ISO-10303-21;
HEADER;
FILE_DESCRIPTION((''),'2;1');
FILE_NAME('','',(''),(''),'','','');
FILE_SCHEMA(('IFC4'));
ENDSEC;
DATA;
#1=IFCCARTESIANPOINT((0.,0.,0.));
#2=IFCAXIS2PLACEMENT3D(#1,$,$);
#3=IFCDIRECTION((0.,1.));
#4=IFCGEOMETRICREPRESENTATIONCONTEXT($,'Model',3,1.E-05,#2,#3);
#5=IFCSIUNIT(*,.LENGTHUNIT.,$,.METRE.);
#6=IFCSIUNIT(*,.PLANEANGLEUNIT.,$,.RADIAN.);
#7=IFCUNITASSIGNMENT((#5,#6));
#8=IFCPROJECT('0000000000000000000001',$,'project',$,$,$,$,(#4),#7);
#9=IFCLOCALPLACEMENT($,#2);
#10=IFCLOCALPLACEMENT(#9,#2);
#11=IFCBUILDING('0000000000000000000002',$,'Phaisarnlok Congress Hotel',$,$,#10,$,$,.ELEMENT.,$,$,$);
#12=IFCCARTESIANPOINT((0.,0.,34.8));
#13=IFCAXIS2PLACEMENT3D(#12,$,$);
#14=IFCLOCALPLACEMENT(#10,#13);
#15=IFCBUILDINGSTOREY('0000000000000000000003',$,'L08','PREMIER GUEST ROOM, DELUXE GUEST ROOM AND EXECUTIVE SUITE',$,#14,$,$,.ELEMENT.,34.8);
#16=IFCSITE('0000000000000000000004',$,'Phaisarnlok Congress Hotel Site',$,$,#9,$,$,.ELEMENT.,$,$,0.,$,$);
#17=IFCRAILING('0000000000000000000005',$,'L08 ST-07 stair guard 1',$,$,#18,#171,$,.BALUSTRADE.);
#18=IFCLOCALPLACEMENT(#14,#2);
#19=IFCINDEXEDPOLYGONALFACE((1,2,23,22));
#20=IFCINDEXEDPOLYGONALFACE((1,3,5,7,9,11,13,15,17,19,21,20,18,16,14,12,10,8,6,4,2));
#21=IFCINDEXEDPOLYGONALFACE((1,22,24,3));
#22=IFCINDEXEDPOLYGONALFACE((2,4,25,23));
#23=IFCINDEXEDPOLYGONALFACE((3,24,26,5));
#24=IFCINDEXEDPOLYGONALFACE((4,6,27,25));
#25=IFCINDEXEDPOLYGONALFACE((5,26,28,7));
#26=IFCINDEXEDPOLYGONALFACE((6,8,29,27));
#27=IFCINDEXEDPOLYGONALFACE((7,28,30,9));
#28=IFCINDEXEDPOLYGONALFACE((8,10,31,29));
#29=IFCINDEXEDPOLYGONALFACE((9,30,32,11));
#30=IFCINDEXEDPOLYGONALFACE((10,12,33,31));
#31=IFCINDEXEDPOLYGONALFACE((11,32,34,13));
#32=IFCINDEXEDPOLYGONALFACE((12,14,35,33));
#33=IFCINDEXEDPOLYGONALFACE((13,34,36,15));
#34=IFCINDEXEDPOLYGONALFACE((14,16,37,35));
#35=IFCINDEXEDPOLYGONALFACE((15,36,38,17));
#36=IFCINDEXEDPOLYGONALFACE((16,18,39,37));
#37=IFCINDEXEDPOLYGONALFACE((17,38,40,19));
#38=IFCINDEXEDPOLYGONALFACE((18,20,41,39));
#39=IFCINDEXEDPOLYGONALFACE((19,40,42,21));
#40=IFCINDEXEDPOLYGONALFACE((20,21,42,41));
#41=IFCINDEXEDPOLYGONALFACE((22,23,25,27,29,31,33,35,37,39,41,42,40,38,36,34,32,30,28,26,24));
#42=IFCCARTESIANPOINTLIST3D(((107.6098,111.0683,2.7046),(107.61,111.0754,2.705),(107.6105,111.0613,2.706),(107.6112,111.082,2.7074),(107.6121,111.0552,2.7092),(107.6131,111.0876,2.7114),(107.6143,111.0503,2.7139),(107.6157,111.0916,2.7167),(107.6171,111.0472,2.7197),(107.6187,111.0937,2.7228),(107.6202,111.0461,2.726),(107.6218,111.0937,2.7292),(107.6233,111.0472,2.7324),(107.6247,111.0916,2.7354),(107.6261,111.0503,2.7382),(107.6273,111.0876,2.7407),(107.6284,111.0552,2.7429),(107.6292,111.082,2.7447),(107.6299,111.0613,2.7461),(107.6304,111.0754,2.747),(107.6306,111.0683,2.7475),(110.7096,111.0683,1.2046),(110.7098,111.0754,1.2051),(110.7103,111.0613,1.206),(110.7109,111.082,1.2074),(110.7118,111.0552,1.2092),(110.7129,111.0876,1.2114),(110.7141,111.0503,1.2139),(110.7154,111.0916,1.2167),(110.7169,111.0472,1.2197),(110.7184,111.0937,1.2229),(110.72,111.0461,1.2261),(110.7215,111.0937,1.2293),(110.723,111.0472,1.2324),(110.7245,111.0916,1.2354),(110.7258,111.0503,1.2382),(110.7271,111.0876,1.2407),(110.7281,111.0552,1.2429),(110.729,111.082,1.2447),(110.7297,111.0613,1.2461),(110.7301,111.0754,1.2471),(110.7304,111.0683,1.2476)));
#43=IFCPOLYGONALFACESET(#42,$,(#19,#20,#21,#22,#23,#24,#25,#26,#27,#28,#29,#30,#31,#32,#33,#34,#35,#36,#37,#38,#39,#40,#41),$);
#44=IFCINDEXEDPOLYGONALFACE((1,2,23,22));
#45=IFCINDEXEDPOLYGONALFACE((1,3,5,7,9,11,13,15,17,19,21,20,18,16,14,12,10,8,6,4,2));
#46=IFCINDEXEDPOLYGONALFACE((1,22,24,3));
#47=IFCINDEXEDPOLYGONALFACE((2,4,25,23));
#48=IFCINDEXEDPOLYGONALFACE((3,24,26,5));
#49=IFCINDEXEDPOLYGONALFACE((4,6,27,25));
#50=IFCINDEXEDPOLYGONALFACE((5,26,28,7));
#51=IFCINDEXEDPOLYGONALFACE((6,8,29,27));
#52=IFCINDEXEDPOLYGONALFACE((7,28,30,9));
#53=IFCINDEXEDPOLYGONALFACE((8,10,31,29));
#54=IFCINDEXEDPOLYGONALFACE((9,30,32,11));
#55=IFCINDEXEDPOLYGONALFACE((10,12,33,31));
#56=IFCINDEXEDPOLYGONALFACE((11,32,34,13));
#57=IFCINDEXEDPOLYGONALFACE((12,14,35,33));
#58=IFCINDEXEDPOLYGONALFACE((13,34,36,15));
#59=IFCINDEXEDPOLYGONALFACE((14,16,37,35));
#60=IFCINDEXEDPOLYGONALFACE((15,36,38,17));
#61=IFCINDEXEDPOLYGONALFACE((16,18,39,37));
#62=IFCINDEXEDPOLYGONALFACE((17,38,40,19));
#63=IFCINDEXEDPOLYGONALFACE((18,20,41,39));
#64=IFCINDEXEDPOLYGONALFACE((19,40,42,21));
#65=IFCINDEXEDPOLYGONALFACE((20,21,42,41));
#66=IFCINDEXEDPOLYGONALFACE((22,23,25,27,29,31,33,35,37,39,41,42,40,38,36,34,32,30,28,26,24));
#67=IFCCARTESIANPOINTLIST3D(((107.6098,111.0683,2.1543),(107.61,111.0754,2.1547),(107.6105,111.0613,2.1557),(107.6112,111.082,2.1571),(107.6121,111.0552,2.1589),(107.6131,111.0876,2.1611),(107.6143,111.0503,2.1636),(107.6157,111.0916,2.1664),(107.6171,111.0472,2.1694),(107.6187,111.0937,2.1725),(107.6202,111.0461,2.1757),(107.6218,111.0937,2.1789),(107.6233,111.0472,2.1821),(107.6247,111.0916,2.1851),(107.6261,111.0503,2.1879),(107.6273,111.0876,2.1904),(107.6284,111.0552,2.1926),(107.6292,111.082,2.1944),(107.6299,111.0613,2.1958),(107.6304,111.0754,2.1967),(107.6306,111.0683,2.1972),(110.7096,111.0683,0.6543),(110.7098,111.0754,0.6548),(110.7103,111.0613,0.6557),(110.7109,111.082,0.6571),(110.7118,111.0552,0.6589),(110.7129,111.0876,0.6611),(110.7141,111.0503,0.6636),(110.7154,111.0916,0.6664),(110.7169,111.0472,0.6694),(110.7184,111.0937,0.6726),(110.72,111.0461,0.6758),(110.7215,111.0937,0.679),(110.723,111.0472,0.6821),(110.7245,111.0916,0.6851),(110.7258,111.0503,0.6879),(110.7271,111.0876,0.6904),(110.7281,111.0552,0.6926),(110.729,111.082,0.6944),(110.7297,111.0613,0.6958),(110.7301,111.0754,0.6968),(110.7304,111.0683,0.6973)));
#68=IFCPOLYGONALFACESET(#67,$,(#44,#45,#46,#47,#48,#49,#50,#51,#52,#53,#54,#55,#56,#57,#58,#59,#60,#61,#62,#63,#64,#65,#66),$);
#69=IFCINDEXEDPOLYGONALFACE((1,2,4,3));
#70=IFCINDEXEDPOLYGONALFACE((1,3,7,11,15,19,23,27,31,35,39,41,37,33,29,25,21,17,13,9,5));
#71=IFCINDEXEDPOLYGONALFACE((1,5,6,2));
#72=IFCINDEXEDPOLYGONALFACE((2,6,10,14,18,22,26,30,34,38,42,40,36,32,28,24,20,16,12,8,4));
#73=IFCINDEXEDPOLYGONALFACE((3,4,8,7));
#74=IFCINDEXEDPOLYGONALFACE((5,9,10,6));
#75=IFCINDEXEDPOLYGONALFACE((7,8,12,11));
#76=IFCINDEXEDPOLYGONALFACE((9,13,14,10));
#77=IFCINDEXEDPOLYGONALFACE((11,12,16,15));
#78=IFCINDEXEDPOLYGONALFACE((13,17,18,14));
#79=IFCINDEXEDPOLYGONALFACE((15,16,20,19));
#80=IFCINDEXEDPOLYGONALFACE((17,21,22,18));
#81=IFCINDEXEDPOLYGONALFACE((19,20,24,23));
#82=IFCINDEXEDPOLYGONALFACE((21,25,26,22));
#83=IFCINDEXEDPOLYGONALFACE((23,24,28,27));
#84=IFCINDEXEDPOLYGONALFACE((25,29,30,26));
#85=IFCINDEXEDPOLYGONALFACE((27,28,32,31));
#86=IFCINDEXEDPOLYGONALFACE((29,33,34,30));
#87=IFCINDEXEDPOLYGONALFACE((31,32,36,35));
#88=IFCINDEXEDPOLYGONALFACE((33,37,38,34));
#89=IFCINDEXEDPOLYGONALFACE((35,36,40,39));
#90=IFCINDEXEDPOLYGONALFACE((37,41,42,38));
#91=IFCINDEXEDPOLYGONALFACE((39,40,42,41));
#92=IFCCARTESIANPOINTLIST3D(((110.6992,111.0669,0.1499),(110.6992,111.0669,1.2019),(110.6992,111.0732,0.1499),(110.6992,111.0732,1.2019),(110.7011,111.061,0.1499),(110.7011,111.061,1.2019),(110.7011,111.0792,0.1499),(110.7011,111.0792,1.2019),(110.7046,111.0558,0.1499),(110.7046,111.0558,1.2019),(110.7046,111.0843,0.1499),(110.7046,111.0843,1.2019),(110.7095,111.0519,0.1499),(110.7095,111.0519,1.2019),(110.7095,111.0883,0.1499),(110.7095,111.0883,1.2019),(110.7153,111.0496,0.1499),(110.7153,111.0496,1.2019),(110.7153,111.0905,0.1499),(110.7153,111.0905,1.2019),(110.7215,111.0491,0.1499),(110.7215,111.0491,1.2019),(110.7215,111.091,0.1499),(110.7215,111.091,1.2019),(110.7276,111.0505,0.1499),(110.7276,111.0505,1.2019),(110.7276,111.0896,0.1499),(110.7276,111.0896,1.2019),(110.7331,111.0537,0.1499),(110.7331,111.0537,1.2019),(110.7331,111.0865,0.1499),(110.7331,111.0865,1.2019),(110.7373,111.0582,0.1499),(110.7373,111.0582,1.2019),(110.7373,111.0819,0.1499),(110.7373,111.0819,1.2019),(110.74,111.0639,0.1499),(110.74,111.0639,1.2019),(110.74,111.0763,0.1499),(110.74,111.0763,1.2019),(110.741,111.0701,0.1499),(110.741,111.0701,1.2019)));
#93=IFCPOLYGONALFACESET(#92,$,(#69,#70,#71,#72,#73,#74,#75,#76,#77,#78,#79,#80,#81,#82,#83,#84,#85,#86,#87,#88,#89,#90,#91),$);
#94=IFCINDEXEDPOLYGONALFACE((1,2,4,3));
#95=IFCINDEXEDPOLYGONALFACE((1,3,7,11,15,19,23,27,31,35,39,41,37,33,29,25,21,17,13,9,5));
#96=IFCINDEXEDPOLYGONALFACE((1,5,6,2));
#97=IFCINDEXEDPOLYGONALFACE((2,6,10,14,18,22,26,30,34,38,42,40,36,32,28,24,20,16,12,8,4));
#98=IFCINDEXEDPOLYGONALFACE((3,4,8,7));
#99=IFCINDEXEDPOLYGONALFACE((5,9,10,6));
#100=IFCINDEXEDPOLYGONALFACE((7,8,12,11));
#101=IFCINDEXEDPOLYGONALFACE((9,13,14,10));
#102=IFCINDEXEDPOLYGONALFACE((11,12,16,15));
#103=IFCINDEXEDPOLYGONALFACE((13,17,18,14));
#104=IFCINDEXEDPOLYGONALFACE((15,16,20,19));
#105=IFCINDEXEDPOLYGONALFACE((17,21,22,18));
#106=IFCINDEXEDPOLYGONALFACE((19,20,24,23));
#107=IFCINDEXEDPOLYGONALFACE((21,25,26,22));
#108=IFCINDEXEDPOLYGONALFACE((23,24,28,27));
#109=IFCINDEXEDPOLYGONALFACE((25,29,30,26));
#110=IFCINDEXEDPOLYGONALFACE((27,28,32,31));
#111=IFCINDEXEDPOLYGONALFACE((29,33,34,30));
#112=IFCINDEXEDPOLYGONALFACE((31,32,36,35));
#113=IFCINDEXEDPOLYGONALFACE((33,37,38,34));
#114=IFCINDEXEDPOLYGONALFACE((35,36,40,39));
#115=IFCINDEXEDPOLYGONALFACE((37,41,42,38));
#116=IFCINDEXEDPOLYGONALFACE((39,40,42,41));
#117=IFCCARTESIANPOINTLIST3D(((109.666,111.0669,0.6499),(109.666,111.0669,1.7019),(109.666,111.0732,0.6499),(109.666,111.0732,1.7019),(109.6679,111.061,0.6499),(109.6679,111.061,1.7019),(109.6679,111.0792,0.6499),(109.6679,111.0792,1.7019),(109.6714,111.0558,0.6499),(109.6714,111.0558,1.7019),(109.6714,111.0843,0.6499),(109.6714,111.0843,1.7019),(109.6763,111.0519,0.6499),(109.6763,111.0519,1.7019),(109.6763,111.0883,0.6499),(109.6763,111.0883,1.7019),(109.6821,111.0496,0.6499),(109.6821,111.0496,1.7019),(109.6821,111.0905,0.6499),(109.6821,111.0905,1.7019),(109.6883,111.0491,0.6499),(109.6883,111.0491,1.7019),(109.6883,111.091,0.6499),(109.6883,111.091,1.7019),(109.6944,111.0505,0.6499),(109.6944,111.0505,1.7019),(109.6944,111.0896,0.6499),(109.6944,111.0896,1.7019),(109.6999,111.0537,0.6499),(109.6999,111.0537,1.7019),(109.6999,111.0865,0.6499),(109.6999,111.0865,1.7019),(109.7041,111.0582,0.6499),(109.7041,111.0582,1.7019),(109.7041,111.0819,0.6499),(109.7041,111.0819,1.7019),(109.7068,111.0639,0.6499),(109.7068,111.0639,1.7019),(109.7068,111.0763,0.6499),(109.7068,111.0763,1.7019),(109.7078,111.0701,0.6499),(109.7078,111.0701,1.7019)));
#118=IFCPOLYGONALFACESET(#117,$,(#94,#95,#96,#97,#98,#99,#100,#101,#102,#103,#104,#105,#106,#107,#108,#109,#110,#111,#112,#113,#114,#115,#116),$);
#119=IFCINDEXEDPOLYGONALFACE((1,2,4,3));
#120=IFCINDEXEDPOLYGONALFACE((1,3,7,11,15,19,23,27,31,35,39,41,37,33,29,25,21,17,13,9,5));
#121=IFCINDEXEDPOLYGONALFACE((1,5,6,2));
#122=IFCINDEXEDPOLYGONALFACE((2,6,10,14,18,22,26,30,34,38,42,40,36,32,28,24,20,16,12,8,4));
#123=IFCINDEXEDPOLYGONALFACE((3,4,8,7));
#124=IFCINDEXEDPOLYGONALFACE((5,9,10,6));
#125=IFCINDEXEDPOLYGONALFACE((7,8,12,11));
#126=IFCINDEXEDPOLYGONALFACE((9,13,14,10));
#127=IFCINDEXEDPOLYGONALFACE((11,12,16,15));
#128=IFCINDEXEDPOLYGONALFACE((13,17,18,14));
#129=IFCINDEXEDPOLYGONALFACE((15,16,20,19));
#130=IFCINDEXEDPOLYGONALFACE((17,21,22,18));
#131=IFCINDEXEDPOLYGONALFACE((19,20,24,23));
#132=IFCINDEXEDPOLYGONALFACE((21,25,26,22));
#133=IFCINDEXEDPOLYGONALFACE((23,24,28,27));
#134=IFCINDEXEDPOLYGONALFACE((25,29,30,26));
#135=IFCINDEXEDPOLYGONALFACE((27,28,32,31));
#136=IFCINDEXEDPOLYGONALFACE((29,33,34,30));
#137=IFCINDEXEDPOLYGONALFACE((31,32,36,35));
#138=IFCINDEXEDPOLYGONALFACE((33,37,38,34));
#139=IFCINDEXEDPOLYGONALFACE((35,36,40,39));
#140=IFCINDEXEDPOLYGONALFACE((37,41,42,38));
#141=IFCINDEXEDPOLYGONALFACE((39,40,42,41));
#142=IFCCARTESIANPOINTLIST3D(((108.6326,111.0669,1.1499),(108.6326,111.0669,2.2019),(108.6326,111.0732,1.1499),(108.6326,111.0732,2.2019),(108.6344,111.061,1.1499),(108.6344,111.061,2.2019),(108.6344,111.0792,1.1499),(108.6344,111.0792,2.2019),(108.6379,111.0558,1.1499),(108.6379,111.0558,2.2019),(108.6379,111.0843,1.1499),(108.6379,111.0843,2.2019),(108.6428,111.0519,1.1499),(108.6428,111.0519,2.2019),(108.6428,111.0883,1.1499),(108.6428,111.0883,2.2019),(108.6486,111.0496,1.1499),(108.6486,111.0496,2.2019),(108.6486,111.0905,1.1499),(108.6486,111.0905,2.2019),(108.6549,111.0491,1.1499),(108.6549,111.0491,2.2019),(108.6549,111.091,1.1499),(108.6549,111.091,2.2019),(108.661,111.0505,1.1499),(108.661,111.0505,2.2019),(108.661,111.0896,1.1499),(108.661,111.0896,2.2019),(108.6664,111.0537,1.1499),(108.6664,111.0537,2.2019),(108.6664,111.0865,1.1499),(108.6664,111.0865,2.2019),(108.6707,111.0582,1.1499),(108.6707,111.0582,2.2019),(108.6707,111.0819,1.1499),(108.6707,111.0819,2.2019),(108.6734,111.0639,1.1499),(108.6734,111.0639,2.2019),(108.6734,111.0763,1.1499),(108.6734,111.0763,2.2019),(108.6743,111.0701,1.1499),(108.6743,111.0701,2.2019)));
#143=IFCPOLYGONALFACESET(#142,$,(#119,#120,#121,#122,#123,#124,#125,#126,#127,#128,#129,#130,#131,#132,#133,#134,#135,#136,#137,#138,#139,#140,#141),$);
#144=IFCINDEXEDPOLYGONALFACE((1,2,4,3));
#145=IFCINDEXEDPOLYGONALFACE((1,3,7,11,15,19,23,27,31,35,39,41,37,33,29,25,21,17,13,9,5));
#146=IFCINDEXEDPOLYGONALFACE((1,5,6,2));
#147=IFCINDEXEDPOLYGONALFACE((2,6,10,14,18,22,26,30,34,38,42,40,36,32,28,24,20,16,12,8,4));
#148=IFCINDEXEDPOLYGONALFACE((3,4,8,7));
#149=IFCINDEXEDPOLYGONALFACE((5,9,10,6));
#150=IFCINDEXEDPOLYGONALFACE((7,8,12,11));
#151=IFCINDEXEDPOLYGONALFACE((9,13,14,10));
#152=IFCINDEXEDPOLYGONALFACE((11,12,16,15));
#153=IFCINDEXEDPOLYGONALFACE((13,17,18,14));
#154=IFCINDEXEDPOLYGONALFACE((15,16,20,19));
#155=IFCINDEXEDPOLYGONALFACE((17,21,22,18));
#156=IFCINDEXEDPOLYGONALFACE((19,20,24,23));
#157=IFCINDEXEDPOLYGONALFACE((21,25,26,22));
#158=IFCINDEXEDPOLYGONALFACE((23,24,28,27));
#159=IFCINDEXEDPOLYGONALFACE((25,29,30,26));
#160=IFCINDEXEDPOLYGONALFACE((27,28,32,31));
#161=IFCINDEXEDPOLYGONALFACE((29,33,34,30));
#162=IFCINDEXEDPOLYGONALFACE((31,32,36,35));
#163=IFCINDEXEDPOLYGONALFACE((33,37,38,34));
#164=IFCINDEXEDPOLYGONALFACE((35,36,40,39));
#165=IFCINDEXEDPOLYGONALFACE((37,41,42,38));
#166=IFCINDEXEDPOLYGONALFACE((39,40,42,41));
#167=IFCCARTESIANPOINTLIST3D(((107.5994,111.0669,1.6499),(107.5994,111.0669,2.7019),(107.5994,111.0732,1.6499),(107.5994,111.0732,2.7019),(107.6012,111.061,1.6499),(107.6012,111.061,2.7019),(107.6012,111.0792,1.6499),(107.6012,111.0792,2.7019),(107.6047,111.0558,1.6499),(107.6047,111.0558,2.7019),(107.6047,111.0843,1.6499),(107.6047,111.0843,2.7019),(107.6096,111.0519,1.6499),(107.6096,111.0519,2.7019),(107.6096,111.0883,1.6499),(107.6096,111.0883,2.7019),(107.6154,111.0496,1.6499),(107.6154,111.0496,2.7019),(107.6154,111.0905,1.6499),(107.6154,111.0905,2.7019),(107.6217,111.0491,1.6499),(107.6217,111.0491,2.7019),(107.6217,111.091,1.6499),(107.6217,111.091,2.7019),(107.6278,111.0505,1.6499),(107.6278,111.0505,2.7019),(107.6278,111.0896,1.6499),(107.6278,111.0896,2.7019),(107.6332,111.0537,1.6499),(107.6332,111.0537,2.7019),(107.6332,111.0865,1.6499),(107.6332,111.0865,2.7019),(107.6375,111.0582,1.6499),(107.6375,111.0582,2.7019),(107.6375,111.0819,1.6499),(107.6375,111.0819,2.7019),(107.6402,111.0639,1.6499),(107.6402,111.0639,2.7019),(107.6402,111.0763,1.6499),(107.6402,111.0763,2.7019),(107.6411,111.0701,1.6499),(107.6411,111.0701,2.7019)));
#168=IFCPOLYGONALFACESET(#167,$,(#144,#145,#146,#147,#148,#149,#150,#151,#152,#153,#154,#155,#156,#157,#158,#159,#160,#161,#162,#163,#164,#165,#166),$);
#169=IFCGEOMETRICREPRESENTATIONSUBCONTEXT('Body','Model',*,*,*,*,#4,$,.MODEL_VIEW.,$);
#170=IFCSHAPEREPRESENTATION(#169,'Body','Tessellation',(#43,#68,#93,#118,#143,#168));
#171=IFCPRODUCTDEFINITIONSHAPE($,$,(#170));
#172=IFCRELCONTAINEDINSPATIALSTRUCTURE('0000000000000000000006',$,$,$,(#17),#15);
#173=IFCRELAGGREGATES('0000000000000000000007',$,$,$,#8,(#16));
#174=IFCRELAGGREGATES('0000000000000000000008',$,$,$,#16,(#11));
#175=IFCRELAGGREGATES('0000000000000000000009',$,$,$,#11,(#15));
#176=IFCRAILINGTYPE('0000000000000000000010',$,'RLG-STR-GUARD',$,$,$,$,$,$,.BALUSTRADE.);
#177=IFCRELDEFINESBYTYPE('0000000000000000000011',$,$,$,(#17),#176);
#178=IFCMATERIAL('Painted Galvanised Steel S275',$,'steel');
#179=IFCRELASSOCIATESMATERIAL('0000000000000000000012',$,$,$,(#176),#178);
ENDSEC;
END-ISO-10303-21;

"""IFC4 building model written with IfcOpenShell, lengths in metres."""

from ifc_helpers import new_model, si_unit, direction, frame, origin, origin_2d, place, context, subcontext, project, spatial, circle, extrude, material, type_object, element, save


model = new_model("IFC4")

# Units and contexts
model_context = context("Model", 3, precision=1e-05, world=origin(), true_north=direction((0.0, 1.0)))
body_context = subcontext(model_context, "Body", "Model", "MODEL_VIEW")
ifc_project = project(units=[si_unit("LENGTHUNIT", "METRE"), si_unit("PLANEANGLEUNIT", "RADIAN")], contexts=[model_context])

# Site, building, storey
site_placement = place(None, origin())
site = spatial("IfcSite", under=ifc_project, at=site_placement, Name="Phaisarnlok Congress Hotel Site", CompositionType="ELEMENT", RefElevation=0.0)
building_placement = place(site_placement, origin())
building = spatial("IfcBuilding", under=site, at=building_placement, Name="Phaisarnlok Congress Hotel", CompositionType="ELEMENT")
storey_placement = place(building_placement, frame((0.0, 0.0, 34.8)))
storey = spatial("IfcBuildingStorey", under=building, at=storey_placement, Name="L08", Description="PREMIER GUEST ROOM, DELUXE GUEST ROOM AND EXECUTIVE SUITE", CompositionType="ELEMENT", Elevation=34.8)

# Railing
ifc_material_1 = material(Name="Painted Galvanised Steel S275", Category="steel")
railing_type_1 = type_object("IfcRailingType", Name="RLG-STR-GUARD", PredefinedType="BALUSTRADE", material=ifc_material_1)
railing_1_placement = place(storey_placement, frame((110.72, 111.0701, 0.1499)))
element("IfcRailing", 1, at=railing_1_placement, inside=storey, type_object=railing_type_1, Name="L08 ST-07 stair guard 1", PredefinedType="BALUSTRADE", context=body_context, shape_type="SweptSolid", body=[
    extrude(circle(Radius=0.0239, at=origin_2d()), frame((0.0, 0.0, 1.0762), z_axis=(-0.900151, 0.0, 0.435578), x_axis=(0.0, -1.0, 0.0)), (0.0, 0.0, 1.0), 3.4436),
    extrude(circle(Radius=0.0239, at=origin_2d()), frame((0.0, 0.0, 0.5259), z_axis=(-0.900151, 0.0, 0.435578), x_axis=(0.0, -1.0, 0.0)), (0.0, 0.0, 1.0), 3.4436),
    extrude(circle(Radius=0.021, at=origin_2d()), origin(), (0.0, 0.0, 1.0), 1.052),
    extrude(circle(Radius=0.021, at=origin_2d()), frame((-1.0332, 0.0, 0.5)), (0.0, 0.0, 1.0), 1.052),
    extrude(circle(Radius=0.021, at=origin_2d()), frame((-2.0667, 0.0, 1.0)), (0.0, 0.0, 1.0), 1.052),
    extrude(circle(Radius=0.021, at=origin_2d()), frame((-3.0999, 0.0, 1.5)), (0.0, 0.0, 1.0), 1.052),
])

save(model, "model.ifc")
